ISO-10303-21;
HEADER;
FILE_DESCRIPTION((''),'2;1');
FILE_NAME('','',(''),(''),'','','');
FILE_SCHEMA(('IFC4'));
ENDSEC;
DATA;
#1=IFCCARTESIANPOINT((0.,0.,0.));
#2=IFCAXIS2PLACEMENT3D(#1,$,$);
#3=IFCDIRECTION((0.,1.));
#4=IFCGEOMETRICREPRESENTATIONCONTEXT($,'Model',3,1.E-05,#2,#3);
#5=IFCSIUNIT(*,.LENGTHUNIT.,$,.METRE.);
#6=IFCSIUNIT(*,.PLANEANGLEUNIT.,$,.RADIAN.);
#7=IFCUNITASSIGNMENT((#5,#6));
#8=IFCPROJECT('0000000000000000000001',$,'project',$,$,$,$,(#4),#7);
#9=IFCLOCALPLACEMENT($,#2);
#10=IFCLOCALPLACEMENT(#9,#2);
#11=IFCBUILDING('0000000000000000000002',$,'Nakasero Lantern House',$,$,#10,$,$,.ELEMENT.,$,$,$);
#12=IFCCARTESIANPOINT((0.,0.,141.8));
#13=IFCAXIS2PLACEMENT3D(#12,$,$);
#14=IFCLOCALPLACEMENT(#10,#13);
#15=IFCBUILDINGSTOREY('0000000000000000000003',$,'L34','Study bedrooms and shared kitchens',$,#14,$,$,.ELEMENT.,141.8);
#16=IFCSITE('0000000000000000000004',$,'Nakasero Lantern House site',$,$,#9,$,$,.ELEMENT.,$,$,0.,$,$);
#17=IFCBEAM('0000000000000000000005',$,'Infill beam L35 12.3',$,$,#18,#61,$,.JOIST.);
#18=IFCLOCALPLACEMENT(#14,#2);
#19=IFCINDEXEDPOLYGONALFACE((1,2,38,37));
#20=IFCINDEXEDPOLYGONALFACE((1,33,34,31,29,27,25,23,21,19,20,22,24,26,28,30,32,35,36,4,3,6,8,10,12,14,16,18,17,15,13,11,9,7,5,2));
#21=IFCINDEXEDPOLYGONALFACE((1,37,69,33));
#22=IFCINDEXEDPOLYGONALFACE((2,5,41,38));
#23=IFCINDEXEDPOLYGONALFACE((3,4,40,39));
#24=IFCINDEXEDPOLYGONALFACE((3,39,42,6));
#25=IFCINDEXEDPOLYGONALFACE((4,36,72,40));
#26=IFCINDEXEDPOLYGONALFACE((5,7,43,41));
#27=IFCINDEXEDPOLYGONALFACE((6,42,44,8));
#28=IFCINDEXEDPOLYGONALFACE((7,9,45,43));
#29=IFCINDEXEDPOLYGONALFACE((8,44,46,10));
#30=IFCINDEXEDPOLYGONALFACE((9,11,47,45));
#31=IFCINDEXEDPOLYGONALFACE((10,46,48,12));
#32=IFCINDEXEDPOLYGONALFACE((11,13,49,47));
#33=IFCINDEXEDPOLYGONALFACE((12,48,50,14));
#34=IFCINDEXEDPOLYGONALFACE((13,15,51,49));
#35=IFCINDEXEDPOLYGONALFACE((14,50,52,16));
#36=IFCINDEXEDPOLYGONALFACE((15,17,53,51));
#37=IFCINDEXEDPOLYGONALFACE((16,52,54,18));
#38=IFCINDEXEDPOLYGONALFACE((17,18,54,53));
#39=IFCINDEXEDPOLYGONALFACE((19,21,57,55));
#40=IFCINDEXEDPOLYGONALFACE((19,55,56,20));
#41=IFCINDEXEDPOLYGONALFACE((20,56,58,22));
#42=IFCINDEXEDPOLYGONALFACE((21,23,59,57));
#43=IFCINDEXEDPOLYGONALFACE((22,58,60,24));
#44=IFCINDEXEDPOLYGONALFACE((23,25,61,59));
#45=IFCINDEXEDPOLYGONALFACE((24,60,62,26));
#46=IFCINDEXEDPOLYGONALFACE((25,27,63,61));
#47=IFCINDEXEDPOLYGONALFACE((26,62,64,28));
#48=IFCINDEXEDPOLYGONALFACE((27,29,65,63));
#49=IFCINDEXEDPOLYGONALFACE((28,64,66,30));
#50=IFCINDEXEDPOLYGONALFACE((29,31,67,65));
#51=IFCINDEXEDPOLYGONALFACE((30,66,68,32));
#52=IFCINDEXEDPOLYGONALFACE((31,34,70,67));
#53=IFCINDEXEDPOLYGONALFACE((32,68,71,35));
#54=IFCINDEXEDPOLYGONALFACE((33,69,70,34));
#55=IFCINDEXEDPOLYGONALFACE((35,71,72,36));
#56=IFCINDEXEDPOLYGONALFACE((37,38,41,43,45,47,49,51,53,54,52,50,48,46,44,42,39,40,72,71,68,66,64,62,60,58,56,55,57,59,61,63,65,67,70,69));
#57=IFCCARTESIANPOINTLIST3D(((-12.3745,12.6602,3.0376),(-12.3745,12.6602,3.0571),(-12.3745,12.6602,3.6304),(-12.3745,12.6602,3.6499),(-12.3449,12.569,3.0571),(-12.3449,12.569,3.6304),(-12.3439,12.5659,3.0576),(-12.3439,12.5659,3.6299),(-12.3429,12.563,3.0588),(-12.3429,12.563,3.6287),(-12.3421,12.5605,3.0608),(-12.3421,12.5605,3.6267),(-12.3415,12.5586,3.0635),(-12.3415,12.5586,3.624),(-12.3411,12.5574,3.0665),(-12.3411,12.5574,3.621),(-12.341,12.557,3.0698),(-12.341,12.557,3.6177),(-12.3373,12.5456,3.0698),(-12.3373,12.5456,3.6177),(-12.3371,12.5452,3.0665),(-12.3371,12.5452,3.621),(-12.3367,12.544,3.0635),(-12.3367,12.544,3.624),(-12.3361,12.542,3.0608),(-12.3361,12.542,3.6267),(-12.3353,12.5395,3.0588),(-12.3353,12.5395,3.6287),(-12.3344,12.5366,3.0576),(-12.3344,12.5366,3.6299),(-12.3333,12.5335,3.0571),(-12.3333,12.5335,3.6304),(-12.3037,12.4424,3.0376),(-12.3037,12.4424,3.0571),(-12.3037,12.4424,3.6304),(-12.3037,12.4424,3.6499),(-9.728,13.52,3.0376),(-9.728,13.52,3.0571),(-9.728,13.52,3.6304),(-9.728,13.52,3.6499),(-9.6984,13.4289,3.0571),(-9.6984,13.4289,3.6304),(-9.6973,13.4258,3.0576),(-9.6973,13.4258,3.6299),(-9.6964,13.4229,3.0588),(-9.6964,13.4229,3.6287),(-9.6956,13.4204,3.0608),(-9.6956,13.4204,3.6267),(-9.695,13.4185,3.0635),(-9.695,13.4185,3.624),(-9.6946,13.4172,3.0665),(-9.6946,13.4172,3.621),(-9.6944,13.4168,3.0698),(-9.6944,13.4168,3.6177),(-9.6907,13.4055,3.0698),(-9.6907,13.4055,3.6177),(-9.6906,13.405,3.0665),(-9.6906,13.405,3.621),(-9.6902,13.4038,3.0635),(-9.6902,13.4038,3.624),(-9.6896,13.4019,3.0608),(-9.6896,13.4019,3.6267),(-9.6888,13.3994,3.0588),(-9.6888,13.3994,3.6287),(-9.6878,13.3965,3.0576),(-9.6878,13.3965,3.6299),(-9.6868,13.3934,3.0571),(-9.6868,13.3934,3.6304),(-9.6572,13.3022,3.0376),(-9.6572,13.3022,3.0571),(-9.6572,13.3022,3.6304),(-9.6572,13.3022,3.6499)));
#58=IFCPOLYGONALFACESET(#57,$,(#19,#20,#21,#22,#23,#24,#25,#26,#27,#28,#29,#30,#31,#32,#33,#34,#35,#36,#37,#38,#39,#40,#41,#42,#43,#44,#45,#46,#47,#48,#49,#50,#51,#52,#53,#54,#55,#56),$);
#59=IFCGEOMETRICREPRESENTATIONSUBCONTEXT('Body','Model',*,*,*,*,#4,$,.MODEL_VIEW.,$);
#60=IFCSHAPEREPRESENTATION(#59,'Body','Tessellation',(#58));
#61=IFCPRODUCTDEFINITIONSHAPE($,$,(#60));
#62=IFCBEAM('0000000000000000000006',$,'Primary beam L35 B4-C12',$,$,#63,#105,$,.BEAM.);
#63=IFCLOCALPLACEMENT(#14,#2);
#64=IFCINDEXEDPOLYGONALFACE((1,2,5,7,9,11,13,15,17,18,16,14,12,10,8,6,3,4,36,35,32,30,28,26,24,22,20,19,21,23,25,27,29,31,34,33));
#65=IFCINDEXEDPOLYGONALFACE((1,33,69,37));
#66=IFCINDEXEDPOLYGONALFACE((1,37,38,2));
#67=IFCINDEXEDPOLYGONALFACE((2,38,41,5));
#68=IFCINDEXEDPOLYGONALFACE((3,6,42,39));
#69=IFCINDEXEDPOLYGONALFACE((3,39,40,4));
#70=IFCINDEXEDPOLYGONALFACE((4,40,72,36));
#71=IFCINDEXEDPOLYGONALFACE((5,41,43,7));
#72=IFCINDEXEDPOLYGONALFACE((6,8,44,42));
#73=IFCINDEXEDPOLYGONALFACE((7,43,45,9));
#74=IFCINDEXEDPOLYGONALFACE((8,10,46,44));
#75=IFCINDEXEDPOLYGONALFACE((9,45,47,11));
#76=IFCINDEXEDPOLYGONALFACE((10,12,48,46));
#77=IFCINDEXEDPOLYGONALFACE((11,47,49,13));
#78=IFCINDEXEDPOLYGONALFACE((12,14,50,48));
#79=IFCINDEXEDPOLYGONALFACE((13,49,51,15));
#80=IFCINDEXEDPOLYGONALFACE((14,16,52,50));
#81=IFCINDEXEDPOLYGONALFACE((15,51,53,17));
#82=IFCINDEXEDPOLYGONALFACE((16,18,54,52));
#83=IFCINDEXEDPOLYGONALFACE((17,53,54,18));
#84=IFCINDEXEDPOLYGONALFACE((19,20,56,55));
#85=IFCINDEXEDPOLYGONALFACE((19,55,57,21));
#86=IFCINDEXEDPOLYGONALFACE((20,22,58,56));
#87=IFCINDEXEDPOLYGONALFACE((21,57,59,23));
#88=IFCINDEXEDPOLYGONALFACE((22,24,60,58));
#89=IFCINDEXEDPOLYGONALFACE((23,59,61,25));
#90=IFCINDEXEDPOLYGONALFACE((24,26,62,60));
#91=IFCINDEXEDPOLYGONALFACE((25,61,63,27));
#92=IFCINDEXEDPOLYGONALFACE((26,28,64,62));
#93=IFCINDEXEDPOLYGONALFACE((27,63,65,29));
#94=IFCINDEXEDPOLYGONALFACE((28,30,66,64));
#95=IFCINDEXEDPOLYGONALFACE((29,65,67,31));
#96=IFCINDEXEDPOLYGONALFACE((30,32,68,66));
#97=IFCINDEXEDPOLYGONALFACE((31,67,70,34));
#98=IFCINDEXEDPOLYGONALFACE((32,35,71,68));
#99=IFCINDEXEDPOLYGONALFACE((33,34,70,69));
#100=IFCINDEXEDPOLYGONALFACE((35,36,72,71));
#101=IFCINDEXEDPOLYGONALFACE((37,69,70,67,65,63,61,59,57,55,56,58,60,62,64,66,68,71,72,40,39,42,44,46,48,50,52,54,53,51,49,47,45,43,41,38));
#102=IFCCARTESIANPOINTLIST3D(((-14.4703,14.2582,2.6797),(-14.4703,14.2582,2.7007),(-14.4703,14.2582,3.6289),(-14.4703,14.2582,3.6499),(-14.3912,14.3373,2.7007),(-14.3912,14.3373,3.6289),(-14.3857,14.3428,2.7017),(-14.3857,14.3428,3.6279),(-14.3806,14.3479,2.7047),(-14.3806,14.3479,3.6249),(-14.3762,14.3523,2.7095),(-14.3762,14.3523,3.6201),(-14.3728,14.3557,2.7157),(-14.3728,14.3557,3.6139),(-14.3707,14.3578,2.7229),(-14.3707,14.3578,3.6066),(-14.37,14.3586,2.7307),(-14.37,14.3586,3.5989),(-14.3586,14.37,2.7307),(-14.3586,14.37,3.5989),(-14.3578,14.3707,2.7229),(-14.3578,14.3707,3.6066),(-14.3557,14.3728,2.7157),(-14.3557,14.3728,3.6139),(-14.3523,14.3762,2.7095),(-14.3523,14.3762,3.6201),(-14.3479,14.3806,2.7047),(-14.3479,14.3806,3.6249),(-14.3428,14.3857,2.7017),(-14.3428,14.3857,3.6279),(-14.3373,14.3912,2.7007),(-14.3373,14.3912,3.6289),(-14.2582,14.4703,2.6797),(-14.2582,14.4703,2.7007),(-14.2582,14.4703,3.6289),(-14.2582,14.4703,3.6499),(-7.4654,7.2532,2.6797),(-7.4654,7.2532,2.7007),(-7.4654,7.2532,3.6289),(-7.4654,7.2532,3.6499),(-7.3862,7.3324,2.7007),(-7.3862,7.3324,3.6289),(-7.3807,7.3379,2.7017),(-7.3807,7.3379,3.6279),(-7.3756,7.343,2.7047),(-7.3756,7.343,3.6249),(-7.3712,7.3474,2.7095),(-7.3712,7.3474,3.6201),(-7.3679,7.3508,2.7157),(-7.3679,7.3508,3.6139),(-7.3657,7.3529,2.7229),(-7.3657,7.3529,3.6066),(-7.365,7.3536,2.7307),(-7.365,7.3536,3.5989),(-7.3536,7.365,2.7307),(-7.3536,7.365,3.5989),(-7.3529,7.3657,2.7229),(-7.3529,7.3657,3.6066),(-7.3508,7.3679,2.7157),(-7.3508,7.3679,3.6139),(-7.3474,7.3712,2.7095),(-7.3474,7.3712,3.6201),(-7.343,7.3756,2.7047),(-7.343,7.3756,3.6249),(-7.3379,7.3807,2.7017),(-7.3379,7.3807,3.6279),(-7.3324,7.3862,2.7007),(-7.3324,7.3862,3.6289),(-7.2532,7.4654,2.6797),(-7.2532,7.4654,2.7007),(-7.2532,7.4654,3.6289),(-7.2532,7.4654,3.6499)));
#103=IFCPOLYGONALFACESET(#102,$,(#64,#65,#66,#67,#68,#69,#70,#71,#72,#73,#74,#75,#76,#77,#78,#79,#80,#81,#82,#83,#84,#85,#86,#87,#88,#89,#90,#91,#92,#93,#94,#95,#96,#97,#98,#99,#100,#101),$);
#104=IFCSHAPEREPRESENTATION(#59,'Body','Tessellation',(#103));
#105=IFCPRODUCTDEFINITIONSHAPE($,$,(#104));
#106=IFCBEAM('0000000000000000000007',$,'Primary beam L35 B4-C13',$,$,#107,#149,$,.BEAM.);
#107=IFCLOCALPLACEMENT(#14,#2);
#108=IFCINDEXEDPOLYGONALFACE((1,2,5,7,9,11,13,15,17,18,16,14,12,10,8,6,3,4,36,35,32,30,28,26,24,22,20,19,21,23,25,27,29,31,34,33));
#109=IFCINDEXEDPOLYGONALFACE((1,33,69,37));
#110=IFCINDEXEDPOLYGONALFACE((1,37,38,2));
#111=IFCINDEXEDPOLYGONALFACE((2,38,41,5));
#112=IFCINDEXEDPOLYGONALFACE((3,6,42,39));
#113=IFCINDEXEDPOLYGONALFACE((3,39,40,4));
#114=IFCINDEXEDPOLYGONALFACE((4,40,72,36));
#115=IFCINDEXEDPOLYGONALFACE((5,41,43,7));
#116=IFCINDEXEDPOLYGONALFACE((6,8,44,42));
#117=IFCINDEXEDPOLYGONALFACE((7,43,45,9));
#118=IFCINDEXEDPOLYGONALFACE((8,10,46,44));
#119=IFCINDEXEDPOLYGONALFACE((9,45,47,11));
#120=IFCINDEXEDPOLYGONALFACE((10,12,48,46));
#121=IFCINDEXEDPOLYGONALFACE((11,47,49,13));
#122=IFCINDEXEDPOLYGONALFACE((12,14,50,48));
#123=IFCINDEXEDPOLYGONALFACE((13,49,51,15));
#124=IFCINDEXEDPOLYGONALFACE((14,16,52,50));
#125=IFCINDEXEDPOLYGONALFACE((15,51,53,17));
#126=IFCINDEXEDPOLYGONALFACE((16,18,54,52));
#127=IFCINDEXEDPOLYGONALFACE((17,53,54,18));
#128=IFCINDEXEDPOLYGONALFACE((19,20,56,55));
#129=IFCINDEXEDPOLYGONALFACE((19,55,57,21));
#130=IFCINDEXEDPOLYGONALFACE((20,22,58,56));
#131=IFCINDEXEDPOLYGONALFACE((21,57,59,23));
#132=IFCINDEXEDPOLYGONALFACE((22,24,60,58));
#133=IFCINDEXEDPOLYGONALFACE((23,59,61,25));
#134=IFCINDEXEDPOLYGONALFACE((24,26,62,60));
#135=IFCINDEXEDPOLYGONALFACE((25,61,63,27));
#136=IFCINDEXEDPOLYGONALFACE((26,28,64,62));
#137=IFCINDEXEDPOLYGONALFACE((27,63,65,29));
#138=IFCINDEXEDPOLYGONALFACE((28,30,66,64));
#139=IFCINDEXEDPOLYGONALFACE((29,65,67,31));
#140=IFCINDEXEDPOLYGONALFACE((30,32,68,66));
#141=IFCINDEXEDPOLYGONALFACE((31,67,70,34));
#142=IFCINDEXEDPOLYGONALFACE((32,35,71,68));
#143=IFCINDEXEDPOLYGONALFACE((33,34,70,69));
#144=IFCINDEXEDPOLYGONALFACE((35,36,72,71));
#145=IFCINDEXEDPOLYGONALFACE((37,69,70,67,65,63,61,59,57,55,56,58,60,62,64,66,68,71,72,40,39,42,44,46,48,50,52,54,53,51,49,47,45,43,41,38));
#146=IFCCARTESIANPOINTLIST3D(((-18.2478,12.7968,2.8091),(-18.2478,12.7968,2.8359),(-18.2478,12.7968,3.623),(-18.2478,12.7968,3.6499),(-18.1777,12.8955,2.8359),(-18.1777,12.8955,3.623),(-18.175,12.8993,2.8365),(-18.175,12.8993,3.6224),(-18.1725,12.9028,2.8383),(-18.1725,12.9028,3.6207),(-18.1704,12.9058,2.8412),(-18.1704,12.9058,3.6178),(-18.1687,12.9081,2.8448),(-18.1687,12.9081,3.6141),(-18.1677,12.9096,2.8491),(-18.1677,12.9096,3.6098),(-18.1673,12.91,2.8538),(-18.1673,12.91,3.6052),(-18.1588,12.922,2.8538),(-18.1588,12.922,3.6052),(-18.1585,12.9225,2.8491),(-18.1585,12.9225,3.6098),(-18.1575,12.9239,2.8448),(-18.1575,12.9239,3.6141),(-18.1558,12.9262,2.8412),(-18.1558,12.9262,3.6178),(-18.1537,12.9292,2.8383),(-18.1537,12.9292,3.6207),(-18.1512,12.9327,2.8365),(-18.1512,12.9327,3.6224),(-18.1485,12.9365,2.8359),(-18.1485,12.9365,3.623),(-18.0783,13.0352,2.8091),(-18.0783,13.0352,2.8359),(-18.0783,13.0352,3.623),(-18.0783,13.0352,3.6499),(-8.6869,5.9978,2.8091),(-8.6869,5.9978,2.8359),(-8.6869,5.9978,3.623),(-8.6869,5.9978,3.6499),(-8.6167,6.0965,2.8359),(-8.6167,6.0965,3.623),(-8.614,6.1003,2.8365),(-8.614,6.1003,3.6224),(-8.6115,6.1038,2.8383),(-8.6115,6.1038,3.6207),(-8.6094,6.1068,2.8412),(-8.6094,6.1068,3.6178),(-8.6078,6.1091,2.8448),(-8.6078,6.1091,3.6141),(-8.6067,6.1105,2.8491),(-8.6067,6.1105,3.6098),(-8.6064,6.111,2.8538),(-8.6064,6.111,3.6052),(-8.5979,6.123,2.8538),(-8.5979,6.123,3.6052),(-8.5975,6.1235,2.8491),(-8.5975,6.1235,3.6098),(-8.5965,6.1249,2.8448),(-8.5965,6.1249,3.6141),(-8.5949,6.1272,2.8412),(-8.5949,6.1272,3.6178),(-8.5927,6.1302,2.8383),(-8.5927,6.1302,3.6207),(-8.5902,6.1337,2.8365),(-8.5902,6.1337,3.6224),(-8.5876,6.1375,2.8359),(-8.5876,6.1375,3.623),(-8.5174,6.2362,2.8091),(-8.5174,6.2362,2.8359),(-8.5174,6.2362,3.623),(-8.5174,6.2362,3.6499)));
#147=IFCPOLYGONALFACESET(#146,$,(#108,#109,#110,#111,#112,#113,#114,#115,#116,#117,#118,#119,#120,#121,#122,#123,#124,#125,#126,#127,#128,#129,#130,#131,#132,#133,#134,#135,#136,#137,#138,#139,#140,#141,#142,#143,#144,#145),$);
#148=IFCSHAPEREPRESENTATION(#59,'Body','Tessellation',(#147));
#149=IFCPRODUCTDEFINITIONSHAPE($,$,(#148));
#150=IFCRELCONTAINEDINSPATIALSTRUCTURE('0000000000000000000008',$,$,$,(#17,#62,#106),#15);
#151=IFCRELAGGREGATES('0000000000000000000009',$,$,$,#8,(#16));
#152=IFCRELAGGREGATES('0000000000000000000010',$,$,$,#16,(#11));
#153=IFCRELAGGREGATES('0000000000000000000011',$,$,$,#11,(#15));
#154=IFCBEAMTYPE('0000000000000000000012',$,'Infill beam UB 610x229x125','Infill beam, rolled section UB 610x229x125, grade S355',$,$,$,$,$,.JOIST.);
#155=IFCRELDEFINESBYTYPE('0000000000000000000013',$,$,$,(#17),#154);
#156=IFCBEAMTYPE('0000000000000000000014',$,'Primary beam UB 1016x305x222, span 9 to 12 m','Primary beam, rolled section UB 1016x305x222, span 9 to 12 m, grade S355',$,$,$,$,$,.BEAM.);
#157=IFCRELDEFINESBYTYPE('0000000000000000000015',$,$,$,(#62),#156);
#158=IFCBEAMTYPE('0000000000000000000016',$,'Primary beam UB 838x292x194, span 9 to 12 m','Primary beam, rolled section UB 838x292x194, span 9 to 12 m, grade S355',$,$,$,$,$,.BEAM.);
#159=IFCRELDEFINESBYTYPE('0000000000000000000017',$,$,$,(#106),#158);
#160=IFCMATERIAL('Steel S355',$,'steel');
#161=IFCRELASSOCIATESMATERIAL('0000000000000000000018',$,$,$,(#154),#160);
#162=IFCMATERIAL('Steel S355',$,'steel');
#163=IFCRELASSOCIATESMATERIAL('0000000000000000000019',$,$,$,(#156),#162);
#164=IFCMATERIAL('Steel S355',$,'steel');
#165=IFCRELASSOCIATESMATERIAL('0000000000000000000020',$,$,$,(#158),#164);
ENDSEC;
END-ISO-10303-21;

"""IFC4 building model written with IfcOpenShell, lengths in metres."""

from ifc_helpers import new_model, si_unit, direction, frame, origin, origin_2d, place, context, subcontext, project, spatial, i_section, extrude, material, material_profile, profile_set, type_object, element, save


model = new_model("IFC4")

# Units and contexts
model_context = context("Model", 3, precision=1e-05, world=origin(), true_north=direction((0.0, 1.0)))
body_context = subcontext(model_context, "Body", "Model", "MODEL_VIEW")
ifc_project = project(units=[si_unit("LENGTHUNIT", "METRE"), si_unit("PLANEANGLEUNIT", "RADIAN")], contexts=[model_context])

# Site, building, storey
site_placement = place(None, origin())
site = spatial("IfcSite", under=ifc_project, at=site_placement, Name="Nakasero Lantern House site", CompositionType="ELEMENT", RefElevation=0.0)
building_placement = place(site_placement, origin())
building = spatial("IfcBuilding", under=site, at=building_placement, Name="Nakasero Lantern House", CompositionType="ELEMENT")
storey_placement = place(building_placement, frame((0.0, 0.0, 141.8)))
storey = spatial("IfcBuildingStorey", under=building, at=storey_placement, Name="L34", Description="Study bedrooms and shared kitchens", CompositionType="ELEMENT", Elevation=141.8)

# Beams
ifc_material_1 = material(Name="Steel S355", Category="steel")
ifc_material_profile_1 = material_profile(ifc_material_1, i_section(OverallWidth=0.229, OverallDepth=0.6123, WebThickness=0.012, FlangeThickness=0.0195, FilletRadius=0.0127, at=origin_2d()), Name="UB 610x229x125")
ifc_profile_set_1 = profile_set([ifc_material_profile_1], Name="Steel S355")
beam_type_1 = type_object("IfcBeamType", Name="Infill beam UB 610x229x125", Description="Infill beam, rolled section UB 610x229x125, grade S355", PredefinedType="JOIST", material=ifc_profile_set_1)
beam_1_placement = place(storey_placement, frame((-12.3391, 12.5513, 3.3438), z_axis=(0.95106, 0.309007, 0.0), x_axis=(-0.309007, 0.95106, 0.0)))
element("IfcBeam", 1, at=beam_1_placement, inside=storey, type_object=beam_type_1, Name="Infill beam L35 12.3", PredefinedType="JOIST", context=body_context, shape_type="SweptSolid", body=[
    extrude(i_section(OverallWidth=0.229, OverallDepth=0.6123, WebThickness=0.012, FlangeThickness=0.0195, FilletRadius=0.0127, at=origin_2d()), origin(), (0.0, 0.0, 1.0), 2.7827),
])
ifc_material_2 = material(Name="Steel S355", Category="steel")
ifc_material_profile_2 = material_profile(ifc_material_2, i_section(OverallWidth=0.3, OverallDepth=0.9702, WebThickness=0.0161, FlangeThickness=0.021, FilletRadius=0.03, at=origin_2d()), Name="UB 1016x305x222")
ifc_profile_set_2 = profile_set([ifc_material_profile_2], Name="Steel S355")
beam_type_2 = type_object("IfcBeamType", Name="Primary beam UB 1016x305x222, span 9 to 12 m", Description="Primary beam, rolled section UB 1016x305x222, span 9 to 12 m, grade S355", PredefinedType="BEAM", material=ifc_profile_set_2)
beam_2_placement = place(storey_placement, frame((-14.3643, 14.3643, 3.1648), z_axis=(0.707107, -0.707107, 0.0), x_axis=(0.707107, 0.707107, 0.0)))
element("IfcBeam", 2, at=beam_2_placement, inside=storey, type_object=beam_type_2, Name="Primary beam L35 B4-C12", PredefinedType="BEAM", context=body_context, shape_type="SweptSolid", body=[
    extrude(i_section(OverallWidth=0.3, OverallDepth=0.9702, WebThickness=0.0161, FlangeThickness=0.021, FilletRadius=0.03, at=origin_2d()), origin(), (0.0, 0.0, 1.0), 9.9065),
])
ifc_material_3 = material(Name="Steel S355", Category="steel")
ifc_material_profile_3 = material_profile(ifc_material_3, i_section(OverallWidth=0.2925, OverallDepth=0.8408, WebThickness=0.0146, FlangeThickness=0.0269, FilletRadius=0.0178, at=origin_2d()), Name="UB 838x292x194")
ifc_profile_set_3 = profile_set([ifc_material_profile_3], Name="Steel S355")
beam_type_3 = type_object("IfcBeamType", Name="Primary beam UB 838x292x194, span 9 to 12 m", Description="Primary beam, rolled section UB 838x292x194, span 9 to 12 m, grade S355", PredefinedType="BEAM", material=ifc_profile_set_3)
beam_3_placement = place(storey_placement, frame((-18.1631, 12.916, 3.2295), z_axis=(0.814951, -0.57953, 0.0), x_axis=(0.57953, 0.814951, 0.0)))
element("IfcBeam", 3, at=beam_3_placement, inside=storey, type_object=beam_type_3, Name="Primary beam L35 B4-C13", PredefinedType="BEAM", context=body_context, shape_type="SweptSolid", body=[
    extrude(i_section(OverallWidth=0.2925, OverallDepth=0.8408, WebThickness=0.0146, FlangeThickness=0.0269, FilletRadius=0.0178, at=origin_2d()), origin(), (0.0, 0.0, 1.0), 11.7319),
])

save(model, "model.ifc")
